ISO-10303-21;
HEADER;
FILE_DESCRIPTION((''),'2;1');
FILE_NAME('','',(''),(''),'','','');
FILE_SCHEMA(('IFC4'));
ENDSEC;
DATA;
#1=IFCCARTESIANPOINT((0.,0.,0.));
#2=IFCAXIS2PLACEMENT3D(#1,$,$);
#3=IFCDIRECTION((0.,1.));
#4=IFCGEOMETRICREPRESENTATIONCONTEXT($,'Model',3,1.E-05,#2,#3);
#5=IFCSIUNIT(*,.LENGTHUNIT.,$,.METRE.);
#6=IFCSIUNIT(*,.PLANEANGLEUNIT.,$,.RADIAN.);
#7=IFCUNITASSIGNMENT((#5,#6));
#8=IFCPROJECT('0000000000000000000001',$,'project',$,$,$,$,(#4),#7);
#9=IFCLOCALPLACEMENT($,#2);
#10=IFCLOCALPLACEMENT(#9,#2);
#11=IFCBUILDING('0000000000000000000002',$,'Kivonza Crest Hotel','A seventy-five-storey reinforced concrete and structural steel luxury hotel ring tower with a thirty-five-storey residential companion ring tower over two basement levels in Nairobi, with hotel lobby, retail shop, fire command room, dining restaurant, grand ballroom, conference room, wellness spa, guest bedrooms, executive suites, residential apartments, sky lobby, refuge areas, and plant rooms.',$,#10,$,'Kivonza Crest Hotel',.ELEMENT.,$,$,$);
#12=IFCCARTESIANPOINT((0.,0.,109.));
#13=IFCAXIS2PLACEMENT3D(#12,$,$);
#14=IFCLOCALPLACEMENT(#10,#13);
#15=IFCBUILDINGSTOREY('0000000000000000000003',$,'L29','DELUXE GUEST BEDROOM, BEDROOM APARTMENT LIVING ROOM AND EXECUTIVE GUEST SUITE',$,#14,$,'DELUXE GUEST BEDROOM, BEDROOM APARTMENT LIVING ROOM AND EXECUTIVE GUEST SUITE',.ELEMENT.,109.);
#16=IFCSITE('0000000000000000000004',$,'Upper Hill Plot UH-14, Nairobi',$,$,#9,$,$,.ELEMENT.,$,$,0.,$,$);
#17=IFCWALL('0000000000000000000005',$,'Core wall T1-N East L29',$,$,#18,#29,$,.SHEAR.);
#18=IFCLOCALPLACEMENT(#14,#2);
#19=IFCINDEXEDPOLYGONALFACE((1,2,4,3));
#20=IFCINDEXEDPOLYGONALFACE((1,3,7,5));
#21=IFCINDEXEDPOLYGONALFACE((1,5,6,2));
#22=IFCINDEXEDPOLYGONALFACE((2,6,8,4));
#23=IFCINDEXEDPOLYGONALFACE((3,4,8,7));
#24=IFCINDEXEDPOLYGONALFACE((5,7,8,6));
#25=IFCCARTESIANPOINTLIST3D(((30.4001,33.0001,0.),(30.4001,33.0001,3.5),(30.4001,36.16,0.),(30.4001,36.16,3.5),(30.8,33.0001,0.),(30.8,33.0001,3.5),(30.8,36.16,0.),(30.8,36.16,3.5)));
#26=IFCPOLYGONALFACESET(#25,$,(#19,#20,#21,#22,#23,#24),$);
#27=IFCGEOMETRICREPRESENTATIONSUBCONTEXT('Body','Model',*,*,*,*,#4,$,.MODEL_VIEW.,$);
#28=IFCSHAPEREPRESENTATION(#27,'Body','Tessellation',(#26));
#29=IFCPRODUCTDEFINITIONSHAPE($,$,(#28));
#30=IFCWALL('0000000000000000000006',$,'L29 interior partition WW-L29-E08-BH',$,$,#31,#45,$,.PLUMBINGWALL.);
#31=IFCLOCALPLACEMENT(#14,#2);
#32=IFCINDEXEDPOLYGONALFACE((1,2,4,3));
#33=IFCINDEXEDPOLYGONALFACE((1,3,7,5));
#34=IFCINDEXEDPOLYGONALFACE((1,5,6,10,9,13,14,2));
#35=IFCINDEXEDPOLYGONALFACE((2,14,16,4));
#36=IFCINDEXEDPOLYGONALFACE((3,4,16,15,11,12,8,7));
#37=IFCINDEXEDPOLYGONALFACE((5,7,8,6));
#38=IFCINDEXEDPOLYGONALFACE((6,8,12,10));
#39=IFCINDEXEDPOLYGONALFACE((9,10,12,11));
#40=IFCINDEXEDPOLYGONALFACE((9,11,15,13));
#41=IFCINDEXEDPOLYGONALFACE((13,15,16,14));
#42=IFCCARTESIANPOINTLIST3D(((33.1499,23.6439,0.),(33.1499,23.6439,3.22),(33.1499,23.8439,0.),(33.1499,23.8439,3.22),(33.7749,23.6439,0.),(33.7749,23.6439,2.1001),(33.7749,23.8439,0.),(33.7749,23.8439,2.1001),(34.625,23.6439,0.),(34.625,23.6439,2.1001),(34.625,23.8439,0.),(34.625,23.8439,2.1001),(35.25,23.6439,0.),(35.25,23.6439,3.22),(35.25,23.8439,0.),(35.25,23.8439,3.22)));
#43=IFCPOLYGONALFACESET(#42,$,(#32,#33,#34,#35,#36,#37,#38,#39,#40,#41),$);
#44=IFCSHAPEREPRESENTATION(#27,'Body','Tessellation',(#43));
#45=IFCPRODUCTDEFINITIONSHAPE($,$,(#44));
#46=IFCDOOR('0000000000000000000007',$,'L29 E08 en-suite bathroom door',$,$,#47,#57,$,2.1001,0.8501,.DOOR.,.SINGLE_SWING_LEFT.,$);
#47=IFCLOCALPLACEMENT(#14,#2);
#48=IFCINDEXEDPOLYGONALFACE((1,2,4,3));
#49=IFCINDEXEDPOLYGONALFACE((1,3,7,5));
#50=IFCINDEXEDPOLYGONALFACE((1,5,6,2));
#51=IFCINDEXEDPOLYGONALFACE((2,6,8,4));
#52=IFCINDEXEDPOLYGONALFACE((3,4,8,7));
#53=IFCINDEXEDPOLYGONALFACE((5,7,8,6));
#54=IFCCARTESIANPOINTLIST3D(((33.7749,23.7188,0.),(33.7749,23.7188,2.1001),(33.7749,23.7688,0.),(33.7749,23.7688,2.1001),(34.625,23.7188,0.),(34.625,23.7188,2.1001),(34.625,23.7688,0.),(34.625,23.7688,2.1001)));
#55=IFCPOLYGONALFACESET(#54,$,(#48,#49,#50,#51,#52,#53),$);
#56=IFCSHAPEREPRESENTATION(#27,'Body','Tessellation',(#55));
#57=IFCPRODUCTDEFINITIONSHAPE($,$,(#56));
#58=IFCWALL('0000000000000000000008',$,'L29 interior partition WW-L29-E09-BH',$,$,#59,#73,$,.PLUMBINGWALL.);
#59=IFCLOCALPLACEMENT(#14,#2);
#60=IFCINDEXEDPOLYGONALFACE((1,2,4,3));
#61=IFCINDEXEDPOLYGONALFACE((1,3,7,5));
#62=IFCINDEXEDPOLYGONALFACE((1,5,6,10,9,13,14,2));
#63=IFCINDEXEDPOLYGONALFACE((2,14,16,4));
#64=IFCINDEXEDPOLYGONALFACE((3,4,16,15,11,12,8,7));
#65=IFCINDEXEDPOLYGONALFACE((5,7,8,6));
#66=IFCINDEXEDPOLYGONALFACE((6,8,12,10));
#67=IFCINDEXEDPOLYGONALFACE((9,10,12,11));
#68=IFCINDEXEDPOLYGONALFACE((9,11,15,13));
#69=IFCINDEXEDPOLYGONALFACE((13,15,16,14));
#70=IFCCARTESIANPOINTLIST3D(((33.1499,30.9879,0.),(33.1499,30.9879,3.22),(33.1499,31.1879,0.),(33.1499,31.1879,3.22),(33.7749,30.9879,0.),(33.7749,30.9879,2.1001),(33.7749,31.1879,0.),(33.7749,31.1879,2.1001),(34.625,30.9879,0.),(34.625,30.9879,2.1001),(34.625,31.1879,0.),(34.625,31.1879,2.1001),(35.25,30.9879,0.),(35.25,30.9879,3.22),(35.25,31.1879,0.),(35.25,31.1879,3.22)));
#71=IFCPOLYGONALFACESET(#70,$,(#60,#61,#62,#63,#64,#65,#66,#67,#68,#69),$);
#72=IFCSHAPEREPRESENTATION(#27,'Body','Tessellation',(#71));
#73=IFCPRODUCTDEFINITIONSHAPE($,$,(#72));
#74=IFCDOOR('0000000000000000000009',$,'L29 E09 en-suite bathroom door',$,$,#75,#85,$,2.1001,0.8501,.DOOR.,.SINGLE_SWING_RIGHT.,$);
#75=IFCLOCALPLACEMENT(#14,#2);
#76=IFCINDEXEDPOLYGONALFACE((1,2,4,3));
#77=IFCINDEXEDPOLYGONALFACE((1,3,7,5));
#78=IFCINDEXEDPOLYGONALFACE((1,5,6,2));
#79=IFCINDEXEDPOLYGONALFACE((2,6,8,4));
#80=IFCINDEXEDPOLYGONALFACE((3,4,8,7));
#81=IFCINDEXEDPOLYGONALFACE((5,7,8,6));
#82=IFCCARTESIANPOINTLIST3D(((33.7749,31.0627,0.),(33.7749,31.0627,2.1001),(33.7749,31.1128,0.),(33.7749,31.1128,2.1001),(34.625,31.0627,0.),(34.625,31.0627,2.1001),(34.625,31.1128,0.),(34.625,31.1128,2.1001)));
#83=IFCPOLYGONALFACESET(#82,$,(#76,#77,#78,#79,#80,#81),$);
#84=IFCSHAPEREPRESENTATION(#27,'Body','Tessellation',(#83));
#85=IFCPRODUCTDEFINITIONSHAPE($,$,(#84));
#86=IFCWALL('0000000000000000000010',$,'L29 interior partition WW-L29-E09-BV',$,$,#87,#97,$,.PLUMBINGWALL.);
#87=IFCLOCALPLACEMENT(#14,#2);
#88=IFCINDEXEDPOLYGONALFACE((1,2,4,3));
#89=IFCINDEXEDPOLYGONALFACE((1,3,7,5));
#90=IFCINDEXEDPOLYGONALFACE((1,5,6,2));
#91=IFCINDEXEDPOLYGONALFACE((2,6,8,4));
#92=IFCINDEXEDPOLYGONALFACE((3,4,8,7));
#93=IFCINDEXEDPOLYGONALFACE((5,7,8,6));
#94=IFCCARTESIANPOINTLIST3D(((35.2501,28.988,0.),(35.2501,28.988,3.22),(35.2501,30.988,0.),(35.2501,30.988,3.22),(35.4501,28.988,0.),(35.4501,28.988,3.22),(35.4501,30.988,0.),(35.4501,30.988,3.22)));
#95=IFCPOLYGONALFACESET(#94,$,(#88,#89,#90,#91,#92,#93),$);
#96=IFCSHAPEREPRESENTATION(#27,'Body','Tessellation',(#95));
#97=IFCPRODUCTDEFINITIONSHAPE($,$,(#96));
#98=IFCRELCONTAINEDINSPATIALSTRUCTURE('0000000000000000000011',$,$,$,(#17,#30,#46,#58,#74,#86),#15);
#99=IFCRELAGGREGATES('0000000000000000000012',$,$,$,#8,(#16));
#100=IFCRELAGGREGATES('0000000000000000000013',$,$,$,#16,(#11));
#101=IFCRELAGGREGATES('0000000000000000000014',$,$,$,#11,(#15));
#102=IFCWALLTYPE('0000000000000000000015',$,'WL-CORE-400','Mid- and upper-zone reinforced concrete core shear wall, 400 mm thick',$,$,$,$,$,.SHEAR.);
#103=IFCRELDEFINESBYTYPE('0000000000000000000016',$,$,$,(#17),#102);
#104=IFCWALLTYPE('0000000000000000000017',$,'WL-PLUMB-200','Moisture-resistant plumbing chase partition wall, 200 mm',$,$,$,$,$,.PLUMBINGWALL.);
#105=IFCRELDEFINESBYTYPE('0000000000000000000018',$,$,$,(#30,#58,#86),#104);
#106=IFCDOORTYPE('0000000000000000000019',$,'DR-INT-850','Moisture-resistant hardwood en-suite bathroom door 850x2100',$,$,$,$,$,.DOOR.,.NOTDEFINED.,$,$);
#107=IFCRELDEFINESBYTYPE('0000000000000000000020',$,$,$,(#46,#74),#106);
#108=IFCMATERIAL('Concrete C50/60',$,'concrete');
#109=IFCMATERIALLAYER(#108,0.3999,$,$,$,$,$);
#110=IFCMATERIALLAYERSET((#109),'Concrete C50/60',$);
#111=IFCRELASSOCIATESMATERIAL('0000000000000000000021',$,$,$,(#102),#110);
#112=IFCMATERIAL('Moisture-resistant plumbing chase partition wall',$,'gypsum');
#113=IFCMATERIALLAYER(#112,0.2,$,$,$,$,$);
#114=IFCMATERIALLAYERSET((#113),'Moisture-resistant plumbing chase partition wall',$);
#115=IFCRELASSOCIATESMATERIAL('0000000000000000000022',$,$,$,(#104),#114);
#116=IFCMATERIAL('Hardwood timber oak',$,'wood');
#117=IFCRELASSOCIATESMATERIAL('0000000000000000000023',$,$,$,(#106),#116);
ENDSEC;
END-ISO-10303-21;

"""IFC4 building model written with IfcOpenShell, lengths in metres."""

from ifc_helpers import new_model, si_unit, direction, frame, frame_2d, origin, place, context, subcontext, project, spatial, rectangle, extrude, material, layer, layer_set, type_object, element, fill, save


model = new_model("IFC4")

# Units and contexts
model_context = context("Model", 3, precision=1e-05, world=origin(), true_north=direction((0.0, 1.0)))
body_context = subcontext(model_context, "Body", "Model", "MODEL_VIEW")
ifc_project = project(units=[si_unit("LENGTHUNIT", "METRE"), si_unit("PLANEANGLEUNIT", "RADIAN")], contexts=[model_context])

# Site, building, storey
site_placement = place(None, origin())
site = spatial("IfcSite", under=ifc_project, at=site_placement, Name="Upper Hill Plot UH-14, Nairobi", CompositionType="ELEMENT", RefElevation=0.0)
building_placement = place(site_placement, origin())
building = spatial("IfcBuilding", under=site, at=building_placement, Name="Kivonza Crest Hotel", Description="A seventy-five-storey reinforced concrete and structural steel luxury hotel ring tower with a thirty-five-storey residential companion ring tower over two basement levels in Nairobi, with hotel lobby, retail shop, fire command room, dining restaurant, grand ballroom, conference room, wellness spa, guest bedrooms, executive suites, residential apartments, sky lobby, refuge areas, and plant rooms.", LongName="Kivonza Crest Hotel", CompositionType="ELEMENT")
storey_placement = place(building_placement, frame((0.0, 0.0, 109.0)))
storey = spatial("IfcBuildingStorey", under=building, at=storey_placement, Name="L29", Description="DELUXE GUEST BEDROOM, BEDROOM APARTMENT LIVING ROOM AND EXECUTIVE GUEST SUITE", LongName="DELUXE GUEST BEDROOM, BEDROOM APARTMENT LIVING ROOM AND EXECUTIVE GUEST SUITE", CompositionType="ELEMENT", Elevation=109.0)

# Shared definitions
ifc_material_1 = material(Name="Concrete C50/60", Category="concrete")

# Shared definitions
ifc_material_2 = material(Name="Hardwood timber oak", Category="wood")

# Wall
ifc_layer_1 = layer(ifc_material_1, 0.3999)
ifc_layer_set_1 = layer_set([ifc_layer_1], Name="Concrete C50/60")
wall_type_1 = type_object("IfcWallType", Name="WL-CORE-400", Description="Mid- and upper-zone reinforced concrete core shear wall, 400 mm thick", PredefinedType="SHEAR", material=ifc_layer_set_1)
wall_1_placement = place(storey_placement, frame((30.6001, 33.0, 0.0), z_axis=(0.0, 0.0, 1.0), x_axis=(0.0, 1.0, 0.0)))
element("IfcWall", 1, at=wall_1_placement, inside=storey, type_object=wall_type_1, Name="Core wall T1-N East L29", PredefinedType="SHEAR", context=body_context, shape_type="SweptSolid", body=[
    extrude(rectangle(XDim=3.1599, YDim=0.3999, at=frame_2d((1.5801, 0.0))), origin(), (0.0, 0.0, 1.0), 3.5),
])

# Walls, openings, doors
ifc_material_3 = material(Name="Moisture-resistant plumbing chase partition wall", Category="gypsum")
ifc_layer_2 = layer(ifc_material_3, 0.2)
ifc_layer_set_2 = layer_set([ifc_layer_2], Name="Moisture-resistant plumbing chase partition wall")
wall_type_2 = type_object("IfcWallType", Name="WL-PLUMB-200", Description="Moisture-resistant plumbing chase partition wall, 200 mm", PredefinedType="PLUMBINGWALL", material=ifc_layer_set_2)
wall_2_placement = place(storey_placement, frame((33.1499, 23.7439, 0.0), z_axis=(0.0, 0.0, 1.0), x_axis=(1.0, 0.0, 0.0)))
wall_2 = element("IfcWall", 2, at=wall_2_placement, inside=storey, type_object=wall_type_2, Name="L29 interior partition WW-L29-E08-BH", PredefinedType="PLUMBINGWALL", context=body_context, shape_type="SweptSolid", body=[
    extrude(rectangle(XDim=2.1001, YDim=0.2, at=frame_2d((1.05, 0.0))), origin(), (0.0, 0.0, 1.0), 3.22),
])
opening_1_placement = place(wall_2_placement, frame((0.625, 0.0, 0.0)))
opening_1 = element("IfcOpeningElement", 3, at=opening_1_placement, cuts=wall_2, PredefinedType="OPENING", context=body_context, shape_type="SweptSolid", body=[
    extrude(rectangle(XDim=0.8501, YDim=2.1001, at=frame_2d((0.425, 1.05))), frame((0.0, 0.1099, 0.0), z_axis=(0.0, -1.0, 0.0), x_axis=(1.0, 0.0, 0.0)), (0.0, 0.0, 1.0), 0.22),
])
door_type_1 = type_object("IfcDoorType", Name="DR-INT-850", Description="Moisture-resistant hardwood en-suite bathroom door 850x2100", OperationType="NOTDEFINED", PredefinedType="DOOR", material=ifc_material_2)
door_1_placement = place(opening_1_placement, origin())
door_1 = element("IfcDoor", 4, at=door_1_placement, inside=storey, type_object=door_type_1, Name="L29 E08 en-suite bathroom door", OperationType="SINGLE_SWING_LEFT", OverallHeight=2.1001, OverallWidth=0.8501, PredefinedType="DOOR", context=body_context, shape_type="SweptSolid", body=[
    extrude(rectangle(XDim=0.8501, YDim=2.1001, at=frame_2d((0.425, 1.05))), frame((0.0, 0.0249, 0.0), z_axis=(0.0, -1.0, 0.0), x_axis=(1.0, 0.0, 0.0)), (0.0, 0.0, 1.0), 0.05),
])
fill(opening_1, door_1)
wall_3_placement = place(storey_placement, frame((33.1499, 31.0879, 0.0), z_axis=(0.0, 0.0, 1.0), x_axis=(1.0, 0.0, 0.0)))
wall_3 = element("IfcWall", 5, at=wall_3_placement, inside=storey, type_object=wall_type_2, Name="L29 interior partition WW-L29-E09-BH", PredefinedType="PLUMBINGWALL", context=body_context, shape_type="SweptSolid", body=[
    extrude(rectangle(XDim=2.1001, YDim=0.2, at=frame_2d((1.05, 0.0))), origin(), (0.0, 0.0, 1.0), 3.22),
])
opening_2_placement = place(wall_3_placement, frame((0.625, 0.0, 0.0)))
opening_2 = element("IfcOpeningElement", 6, at=opening_2_placement, cuts=wall_3, PredefinedType="OPENING", context=body_context, shape_type="SweptSolid", body=[
    extrude(rectangle(XDim=0.8501, YDim=2.1001, at=frame_2d((0.425, 1.05))), frame((0.0, 0.1099, 0.0), z_axis=(0.0, -1.0, 0.0), x_axis=(1.0, 0.0, 0.0)), (0.0, 0.0, 1.0), 0.22),
])
door_2_placement = place(opening_2_placement, origin())
door_2 = element("IfcDoor", 7, at=door_2_placement, inside=storey, type_object=door_type_1, Name="L29 E09 en-suite bathroom door", OperationType="SINGLE_SWING_RIGHT", OverallHeight=2.1001, OverallWidth=0.8501, PredefinedType="DOOR", context=body_context, shape_type="SweptSolid", body=[
    extrude(rectangle(XDim=0.8501, YDim=2.1001, at=frame_2d((0.425, 1.05))), frame((0.0, 0.0249, 0.0), z_axis=(0.0, -1.0, 0.0), x_axis=(1.0, 0.0, 0.0)), (0.0, 0.0, 1.0), 0.05),
])
fill(opening_2, door_2)

# Wall
wall_4_placement = place(storey_placement, frame((35.3501, 28.988, 0.0), z_axis=(0.0, 0.0, 1.0), x_axis=(0.0, 1.0, 0.0)))
element("IfcWall", 8, at=wall_4_placement, inside=storey, type_object=wall_type_2, Name="L29 interior partition WW-L29-E09-BV", PredefinedType="PLUMBINGWALL", context=body_context, shape_type="SweptSolid", body=[
    extrude(rectangle(XDim=2.0, YDim=0.2, at=frame_2d((1.0, 0.0))), origin(), (0.0, 0.0, 1.0), 3.22),
])

save(model, "model.ifc")
